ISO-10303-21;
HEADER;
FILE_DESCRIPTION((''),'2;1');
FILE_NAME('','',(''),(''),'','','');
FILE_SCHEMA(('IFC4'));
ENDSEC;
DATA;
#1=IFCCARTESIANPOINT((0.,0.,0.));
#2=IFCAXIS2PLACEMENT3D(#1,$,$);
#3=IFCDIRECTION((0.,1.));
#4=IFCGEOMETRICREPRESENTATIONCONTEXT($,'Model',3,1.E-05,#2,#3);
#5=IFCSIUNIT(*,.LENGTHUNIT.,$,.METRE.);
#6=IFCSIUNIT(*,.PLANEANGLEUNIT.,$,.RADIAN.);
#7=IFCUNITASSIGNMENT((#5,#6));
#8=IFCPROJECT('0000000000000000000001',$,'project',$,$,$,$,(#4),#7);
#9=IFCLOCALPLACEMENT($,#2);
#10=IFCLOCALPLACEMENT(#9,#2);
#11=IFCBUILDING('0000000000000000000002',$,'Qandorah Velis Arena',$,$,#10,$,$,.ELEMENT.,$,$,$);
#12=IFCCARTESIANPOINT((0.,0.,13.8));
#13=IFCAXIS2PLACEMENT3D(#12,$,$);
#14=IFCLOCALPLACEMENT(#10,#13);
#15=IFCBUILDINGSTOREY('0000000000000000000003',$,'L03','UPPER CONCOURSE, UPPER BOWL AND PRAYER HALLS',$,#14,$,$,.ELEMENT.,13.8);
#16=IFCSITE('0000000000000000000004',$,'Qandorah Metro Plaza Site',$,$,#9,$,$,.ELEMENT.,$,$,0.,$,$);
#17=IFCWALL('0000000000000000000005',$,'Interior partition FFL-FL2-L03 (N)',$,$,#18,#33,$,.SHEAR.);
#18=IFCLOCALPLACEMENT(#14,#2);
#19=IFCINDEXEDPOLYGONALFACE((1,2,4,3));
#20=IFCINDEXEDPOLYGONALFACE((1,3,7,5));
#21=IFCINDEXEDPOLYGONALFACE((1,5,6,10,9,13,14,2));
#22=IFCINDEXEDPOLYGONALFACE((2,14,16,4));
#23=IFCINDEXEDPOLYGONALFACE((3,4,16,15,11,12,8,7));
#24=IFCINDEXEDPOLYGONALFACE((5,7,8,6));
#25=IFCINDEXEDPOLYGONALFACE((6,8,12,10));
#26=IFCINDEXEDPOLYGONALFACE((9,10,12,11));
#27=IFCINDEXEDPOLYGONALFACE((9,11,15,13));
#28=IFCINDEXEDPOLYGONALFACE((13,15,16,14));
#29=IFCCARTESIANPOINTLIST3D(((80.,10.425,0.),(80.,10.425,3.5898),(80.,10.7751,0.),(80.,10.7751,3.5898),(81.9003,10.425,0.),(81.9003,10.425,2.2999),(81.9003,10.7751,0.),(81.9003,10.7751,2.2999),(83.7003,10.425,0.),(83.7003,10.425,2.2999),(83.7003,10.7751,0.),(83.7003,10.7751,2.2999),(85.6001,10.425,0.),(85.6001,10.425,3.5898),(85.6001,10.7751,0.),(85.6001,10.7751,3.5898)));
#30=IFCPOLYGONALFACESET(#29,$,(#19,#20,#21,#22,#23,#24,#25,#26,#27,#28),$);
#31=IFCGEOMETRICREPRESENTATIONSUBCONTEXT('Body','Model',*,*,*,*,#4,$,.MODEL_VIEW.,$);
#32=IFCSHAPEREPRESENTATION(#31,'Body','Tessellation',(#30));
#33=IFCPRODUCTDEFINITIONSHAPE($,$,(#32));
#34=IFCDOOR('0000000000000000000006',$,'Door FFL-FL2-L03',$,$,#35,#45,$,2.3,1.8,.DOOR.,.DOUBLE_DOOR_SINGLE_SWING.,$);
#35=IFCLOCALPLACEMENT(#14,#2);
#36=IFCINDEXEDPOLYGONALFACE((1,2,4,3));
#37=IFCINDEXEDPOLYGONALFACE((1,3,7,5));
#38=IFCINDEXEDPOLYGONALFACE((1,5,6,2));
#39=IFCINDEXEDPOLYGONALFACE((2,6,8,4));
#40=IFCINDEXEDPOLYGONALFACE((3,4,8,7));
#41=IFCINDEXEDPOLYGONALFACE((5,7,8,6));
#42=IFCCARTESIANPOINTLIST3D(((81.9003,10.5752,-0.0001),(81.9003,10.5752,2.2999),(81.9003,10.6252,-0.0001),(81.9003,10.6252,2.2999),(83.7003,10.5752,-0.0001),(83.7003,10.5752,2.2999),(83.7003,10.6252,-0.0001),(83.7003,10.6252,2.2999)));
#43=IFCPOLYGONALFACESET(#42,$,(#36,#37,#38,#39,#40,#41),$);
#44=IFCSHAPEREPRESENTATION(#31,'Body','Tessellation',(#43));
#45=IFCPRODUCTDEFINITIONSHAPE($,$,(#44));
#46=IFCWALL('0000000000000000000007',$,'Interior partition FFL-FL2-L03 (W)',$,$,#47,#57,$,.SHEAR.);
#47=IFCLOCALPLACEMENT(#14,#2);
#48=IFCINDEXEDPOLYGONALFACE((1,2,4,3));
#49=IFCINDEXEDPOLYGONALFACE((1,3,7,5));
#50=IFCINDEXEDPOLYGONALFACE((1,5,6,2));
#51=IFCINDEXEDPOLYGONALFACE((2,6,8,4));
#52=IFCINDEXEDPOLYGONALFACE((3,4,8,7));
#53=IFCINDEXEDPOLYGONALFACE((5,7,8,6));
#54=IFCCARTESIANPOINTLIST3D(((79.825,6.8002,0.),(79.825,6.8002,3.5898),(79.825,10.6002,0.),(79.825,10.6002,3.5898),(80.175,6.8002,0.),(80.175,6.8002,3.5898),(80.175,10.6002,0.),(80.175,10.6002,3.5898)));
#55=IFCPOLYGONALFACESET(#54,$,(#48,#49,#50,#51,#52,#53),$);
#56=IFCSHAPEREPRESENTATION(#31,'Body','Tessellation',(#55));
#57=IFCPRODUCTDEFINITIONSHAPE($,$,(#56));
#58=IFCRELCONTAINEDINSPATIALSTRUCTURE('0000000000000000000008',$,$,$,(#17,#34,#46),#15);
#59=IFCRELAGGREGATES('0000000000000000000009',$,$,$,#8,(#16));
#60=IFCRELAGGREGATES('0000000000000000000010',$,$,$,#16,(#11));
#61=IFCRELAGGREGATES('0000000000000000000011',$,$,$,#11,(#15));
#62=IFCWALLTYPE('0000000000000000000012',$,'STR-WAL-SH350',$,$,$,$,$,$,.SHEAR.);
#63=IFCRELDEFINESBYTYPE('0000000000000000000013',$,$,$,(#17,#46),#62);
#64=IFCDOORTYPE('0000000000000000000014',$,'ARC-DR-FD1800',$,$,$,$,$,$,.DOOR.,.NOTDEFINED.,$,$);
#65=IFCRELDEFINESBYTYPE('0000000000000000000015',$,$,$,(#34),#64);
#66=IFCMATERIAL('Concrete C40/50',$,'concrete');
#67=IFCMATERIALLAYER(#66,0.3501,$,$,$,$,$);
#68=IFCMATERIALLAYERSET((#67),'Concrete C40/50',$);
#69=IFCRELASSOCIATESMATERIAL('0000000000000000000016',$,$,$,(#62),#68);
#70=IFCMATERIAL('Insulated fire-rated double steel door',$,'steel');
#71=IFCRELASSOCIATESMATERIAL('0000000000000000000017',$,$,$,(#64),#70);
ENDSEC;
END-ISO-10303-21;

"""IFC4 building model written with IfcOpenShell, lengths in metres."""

from ifc_helpers import new_model, si_unit, direction, frame, frame_2d, origin, place, context, subcontext, project, spatial, rectangle, extrude, material, layer, layer_set, type_object, element, fill, save


model = new_model("IFC4")

# Units and contexts
model_context = context("Model", 3, precision=1e-05, world=origin(), true_north=direction((0.0, 1.0)))
body_context = subcontext(model_context, "Body", "Model", "MODEL_VIEW")
ifc_project = project(units=[si_unit("LENGTHUNIT", "METRE"), si_unit("PLANEANGLEUNIT", "RADIAN")], contexts=[model_context])

# Site, building, storey
site_placement = place(None, origin())
site = spatial("IfcSite", under=ifc_project, at=site_placement, Name="Qandorah Metro Plaza Site", CompositionType="ELEMENT", RefElevation=0.0)
building_placement = place(site_placement, origin())
building = spatial("IfcBuilding", under=site, at=building_placement, Name="Qandorah Velis Arena", CompositionType="ELEMENT")
storey_placement = place(building_placement, frame((0.0, 0.0, 13.8)))
storey = spatial("IfcBuildingStorey", under=building, at=storey_placement, Name="L03", Description="UPPER CONCOURSE, UPPER BOWL AND PRAYER HALLS", CompositionType="ELEMENT", Elevation=13.8)

# Shared definitions
ifc_material_1 = material(Name="Concrete C40/50", Category="concrete")

# Wall, opening, door
ifc_layer_1 = layer(ifc_material_1, 0.3501)
ifc_layer_set_1 = layer_set([ifc_layer_1], Name="Concrete C40/50")
wall_type_1 = type_object("IfcWallType", Name="STR-WAL-SH350", PredefinedType="SHEAR", material=ifc_layer_set_1)
wall_1_placement = place(storey_placement, frame((85.6001, 10.6001, 0.0), z_axis=(0.0, 0.0, 1.0), x_axis=(-1.0, 0.0, 0.0)))
wall_1 = element("IfcWall", 1, at=wall_1_placement, inside=storey, type_object=wall_type_1, Name="Interior partition FFL-FL2-L03 (N)", PredefinedType="SHEAR", context=body_context, shape_type="SweptSolid", body=[
    extrude(rectangle(XDim=5.6001, YDim=0.3501, at=frame_2d((2.8, 0.0))), origin(), (0.0, 0.0, 1.0), 3.5898),
])
opening_1_placement = place(wall_1_placement, frame((1.8999, 0.0, 0.0)))
opening_1 = element("IfcOpeningElement", 2, at=opening_1_placement, cuts=wall_1, PredefinedType="OPENING", context=body_context, shape_type="SweptSolid", body=[
    extrude(rectangle(XDim=1.8, YDim=2.3, at=frame_2d((0.8999, 1.1499))), frame((0.0, 0.1851, 0.0), z_axis=(0.0, -1.0, 0.0), x_axis=(1.0, 0.0, 0.0)), (0.0, 0.0, 1.0), 0.3701),
])
ifc_material_2 = material(Name="Insulated fire-rated double steel door", Category="steel")
door_type_1 = type_object("IfcDoorType", Name="ARC-DR-FD1800", OperationType="NOTDEFINED", PredefinedType="DOOR", material=ifc_material_2)
door_1_placement = place(opening_1_placement, origin())
door_1 = element("IfcDoor", 3, at=door_1_placement, inside=storey, type_object=door_type_1, Name="Door FFL-FL2-L03", OperationType="DOUBLE_DOOR_SINGLE_SWING", OverallHeight=2.3, OverallWidth=1.8, PredefinedType="DOOR", context=body_context, shape_type="SweptSolid", body=[
    extrude(rectangle(XDim=1.8, YDim=2.3, at=frame_2d((0.8999, 1.1499))), frame((0.0, 0.0249, 0.0), z_axis=(0.0, -1.0, 0.0), x_axis=(1.0, 0.0, 0.0)), (0.0, 0.0, 1.0), 0.05),
])
fill(opening_1, door_1)

# Wall
wall_2_placement = place(storey_placement, frame((80.0, 10.6001, 0.0), z_axis=(0.0, 0.0, 1.0), x_axis=(0.0, -1.0, 0.0)))
element("IfcWall", 4, at=wall_2_placement, inside=storey, type_object=wall_type_1, Name="Interior partition FFL-FL2-L03 (W)", PredefinedType="SHEAR", context=body_context, shape_type="SweptSolid", body=[
    extrude(rectangle(XDim=3.8, YDim=0.3501, at=frame_2d((1.8999, 0.0))), origin(), (0.0, 0.0, 1.0), 3.5898),
])

save(model, "model.ifc")
